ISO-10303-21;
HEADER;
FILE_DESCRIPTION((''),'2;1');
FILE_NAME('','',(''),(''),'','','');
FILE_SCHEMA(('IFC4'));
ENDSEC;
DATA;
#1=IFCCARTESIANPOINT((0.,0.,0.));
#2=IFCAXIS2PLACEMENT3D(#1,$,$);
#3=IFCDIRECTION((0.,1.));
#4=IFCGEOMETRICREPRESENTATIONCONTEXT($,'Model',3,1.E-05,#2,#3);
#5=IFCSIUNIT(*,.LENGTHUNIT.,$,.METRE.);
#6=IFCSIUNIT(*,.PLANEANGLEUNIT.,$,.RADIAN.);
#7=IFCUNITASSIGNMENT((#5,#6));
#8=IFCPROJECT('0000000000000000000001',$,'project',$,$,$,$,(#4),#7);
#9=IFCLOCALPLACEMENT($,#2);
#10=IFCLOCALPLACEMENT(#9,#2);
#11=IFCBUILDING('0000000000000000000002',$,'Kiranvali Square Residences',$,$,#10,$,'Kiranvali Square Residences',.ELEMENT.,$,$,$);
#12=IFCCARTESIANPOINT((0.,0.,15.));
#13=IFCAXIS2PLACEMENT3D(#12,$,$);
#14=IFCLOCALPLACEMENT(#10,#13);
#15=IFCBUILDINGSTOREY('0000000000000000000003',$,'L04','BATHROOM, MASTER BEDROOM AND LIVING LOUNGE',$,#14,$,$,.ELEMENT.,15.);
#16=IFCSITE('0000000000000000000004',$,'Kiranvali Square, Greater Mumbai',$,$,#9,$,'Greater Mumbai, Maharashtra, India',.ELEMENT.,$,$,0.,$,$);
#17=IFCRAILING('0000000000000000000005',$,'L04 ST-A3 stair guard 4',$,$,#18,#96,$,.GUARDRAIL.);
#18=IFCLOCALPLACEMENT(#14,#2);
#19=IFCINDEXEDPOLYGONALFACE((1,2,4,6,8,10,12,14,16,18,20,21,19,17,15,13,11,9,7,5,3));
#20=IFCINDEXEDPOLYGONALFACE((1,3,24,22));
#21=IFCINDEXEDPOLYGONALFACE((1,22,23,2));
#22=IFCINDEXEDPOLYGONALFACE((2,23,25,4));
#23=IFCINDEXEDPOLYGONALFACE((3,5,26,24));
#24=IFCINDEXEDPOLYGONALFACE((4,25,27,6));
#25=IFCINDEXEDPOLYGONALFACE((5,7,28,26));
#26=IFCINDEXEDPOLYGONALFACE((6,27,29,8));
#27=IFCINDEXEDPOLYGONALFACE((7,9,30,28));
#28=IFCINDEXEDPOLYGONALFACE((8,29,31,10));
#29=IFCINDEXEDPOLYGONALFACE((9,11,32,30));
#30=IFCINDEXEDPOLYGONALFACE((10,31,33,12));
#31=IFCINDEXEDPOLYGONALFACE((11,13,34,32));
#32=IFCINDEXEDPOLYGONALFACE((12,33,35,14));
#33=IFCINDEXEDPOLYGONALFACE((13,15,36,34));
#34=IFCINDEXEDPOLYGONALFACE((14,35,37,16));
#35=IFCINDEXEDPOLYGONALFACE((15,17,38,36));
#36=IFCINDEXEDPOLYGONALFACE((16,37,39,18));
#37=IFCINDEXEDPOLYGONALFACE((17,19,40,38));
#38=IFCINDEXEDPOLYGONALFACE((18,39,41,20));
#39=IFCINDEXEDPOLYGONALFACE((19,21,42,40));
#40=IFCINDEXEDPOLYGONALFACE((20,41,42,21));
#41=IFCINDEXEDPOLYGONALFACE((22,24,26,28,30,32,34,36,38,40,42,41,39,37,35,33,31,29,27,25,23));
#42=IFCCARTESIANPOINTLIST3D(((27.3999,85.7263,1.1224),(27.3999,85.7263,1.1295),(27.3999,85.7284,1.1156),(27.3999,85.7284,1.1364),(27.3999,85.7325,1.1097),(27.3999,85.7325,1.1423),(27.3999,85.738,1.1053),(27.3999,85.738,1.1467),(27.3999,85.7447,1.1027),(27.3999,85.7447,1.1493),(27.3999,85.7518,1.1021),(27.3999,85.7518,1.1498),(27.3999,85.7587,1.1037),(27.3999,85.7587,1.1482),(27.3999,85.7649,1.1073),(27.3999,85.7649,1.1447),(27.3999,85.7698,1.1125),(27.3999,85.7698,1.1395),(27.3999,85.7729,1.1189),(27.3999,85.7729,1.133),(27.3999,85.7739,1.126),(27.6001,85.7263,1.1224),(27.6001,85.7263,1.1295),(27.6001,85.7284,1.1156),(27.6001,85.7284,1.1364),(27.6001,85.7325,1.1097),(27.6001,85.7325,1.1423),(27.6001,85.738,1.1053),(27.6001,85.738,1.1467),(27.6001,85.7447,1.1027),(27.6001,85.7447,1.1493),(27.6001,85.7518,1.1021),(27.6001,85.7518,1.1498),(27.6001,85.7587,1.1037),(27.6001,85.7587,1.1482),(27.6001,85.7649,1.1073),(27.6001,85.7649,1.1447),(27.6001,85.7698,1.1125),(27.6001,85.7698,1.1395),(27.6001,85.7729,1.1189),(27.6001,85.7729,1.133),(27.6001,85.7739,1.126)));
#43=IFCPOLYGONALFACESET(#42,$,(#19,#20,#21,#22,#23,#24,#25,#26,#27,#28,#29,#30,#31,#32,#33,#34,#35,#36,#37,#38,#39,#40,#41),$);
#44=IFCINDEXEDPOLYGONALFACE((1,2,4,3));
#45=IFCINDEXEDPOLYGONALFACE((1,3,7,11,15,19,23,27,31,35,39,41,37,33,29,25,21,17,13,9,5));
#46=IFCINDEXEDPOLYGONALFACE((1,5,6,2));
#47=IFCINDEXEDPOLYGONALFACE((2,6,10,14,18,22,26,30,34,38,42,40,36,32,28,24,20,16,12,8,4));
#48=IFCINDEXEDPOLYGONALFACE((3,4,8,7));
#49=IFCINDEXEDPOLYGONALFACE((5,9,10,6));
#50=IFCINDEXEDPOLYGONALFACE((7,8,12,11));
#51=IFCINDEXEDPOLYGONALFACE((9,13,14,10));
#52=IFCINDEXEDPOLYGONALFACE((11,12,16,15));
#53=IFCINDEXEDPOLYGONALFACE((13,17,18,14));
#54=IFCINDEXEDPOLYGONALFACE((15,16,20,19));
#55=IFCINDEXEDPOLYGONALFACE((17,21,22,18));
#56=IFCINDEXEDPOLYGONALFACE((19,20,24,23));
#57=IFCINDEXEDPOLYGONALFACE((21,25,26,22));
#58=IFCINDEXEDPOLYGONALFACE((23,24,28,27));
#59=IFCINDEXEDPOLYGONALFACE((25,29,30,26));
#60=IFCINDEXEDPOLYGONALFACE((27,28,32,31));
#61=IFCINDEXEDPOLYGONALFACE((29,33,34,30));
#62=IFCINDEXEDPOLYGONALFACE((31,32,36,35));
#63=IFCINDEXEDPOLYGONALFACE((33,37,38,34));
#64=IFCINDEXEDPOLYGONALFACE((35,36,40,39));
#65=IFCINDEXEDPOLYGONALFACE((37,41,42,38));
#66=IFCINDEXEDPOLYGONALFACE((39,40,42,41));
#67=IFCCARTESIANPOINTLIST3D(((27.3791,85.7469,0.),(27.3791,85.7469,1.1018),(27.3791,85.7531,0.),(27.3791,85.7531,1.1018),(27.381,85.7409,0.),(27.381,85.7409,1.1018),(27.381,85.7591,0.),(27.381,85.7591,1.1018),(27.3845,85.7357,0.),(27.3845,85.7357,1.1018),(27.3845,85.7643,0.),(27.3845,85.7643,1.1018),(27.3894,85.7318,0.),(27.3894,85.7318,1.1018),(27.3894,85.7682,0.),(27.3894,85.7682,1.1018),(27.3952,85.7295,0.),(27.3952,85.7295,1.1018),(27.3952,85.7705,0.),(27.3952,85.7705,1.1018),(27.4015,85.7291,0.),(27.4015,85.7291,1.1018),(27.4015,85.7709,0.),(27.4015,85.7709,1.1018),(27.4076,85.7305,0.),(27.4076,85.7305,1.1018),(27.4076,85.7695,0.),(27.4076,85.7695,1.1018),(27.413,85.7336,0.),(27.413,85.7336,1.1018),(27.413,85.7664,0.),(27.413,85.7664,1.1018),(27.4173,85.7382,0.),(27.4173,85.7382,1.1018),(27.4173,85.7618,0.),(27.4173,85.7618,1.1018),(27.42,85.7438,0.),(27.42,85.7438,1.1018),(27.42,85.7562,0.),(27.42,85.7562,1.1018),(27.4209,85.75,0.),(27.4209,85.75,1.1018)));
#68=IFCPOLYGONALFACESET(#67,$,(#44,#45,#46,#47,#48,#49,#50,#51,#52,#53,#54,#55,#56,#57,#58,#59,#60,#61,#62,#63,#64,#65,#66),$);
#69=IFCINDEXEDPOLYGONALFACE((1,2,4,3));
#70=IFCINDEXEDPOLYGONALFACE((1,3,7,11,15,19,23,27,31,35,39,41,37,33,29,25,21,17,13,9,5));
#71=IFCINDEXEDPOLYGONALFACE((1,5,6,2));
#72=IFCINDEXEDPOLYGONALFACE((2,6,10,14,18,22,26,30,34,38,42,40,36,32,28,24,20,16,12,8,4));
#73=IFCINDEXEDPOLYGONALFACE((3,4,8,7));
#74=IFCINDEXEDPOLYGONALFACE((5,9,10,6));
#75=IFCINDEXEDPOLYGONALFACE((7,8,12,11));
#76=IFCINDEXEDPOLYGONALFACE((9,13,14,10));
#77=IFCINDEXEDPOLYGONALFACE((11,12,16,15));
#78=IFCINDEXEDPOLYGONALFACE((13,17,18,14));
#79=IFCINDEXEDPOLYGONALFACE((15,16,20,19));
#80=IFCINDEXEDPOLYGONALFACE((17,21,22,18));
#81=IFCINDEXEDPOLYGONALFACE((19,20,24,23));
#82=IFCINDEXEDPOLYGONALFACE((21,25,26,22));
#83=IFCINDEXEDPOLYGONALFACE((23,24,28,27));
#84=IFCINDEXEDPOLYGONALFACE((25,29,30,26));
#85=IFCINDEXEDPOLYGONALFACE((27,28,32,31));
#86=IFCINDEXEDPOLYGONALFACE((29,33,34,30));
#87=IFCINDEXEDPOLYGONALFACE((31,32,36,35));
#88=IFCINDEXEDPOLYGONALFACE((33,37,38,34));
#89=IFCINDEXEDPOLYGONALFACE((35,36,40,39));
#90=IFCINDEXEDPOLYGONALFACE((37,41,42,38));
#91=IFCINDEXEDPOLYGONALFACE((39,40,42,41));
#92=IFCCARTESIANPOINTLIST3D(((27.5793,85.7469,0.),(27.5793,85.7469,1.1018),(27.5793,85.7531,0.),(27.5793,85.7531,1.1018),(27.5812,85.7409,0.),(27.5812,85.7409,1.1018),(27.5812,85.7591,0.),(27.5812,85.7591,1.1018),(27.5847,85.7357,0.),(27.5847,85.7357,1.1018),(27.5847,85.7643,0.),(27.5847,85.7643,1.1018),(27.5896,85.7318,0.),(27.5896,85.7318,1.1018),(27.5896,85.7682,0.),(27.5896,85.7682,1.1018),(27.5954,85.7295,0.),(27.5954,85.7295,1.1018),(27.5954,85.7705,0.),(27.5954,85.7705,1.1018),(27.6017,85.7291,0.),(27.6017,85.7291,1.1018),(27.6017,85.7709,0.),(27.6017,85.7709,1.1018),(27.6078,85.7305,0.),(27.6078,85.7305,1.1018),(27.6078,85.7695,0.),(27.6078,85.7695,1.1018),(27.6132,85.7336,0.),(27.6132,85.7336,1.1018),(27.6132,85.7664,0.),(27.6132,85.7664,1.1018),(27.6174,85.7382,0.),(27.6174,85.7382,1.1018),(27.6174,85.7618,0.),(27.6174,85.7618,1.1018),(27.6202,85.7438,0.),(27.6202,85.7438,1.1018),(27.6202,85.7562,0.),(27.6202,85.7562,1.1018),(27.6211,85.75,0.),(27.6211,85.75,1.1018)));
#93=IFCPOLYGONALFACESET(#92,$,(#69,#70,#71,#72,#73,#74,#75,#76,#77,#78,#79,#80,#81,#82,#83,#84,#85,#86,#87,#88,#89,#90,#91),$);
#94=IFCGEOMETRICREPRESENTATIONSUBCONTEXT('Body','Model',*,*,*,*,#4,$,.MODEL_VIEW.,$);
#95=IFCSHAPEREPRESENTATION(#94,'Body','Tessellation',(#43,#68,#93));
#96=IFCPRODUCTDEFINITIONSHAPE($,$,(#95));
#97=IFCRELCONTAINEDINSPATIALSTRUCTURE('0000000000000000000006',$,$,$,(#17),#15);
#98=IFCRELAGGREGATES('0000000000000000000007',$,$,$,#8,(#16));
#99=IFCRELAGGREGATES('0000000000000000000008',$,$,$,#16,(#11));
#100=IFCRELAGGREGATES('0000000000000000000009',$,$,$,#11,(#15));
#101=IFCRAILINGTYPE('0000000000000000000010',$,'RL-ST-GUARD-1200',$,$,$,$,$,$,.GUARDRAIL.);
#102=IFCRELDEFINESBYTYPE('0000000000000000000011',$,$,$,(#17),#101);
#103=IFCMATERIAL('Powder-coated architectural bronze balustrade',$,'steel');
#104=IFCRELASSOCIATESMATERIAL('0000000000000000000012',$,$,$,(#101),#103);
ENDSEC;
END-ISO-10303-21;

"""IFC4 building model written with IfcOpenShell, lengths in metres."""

from ifc_helpers import new_model, si_unit, direction, frame, origin, origin_2d, place, context, subcontext, project, spatial, circle, extrude, material, type_object, element, save


model = new_model("IFC4")

# Units and contexts
model_context = context("Model", 3, precision=1e-05, world=origin(), true_north=direction((0.0, 1.0)))
body_context = subcontext(model_context, "Body", "Model", "MODEL_VIEW")
ifc_project = project(units=[si_unit("LENGTHUNIT", "METRE"), si_unit("PLANEANGLEUNIT", "RADIAN")], contexts=[model_context])

# Site, building, storey
site_placement = place(None, origin())
site = spatial("IfcSite", under=ifc_project, at=site_placement, Name="Kiranvali Square, Greater Mumbai", LongName="Greater Mumbai, Maharashtra, India", CompositionType="ELEMENT", RefElevation=0.0)
building_placement = place(site_placement, origin())
building = spatial("IfcBuilding", under=site, at=building_placement, Name="Kiranvali Square Residences", LongName="Kiranvali Square Residences", CompositionType="ELEMENT")
storey_placement = place(building_placement, frame((0.0, 0.0, 15.0)))
storey = spatial("IfcBuildingStorey", under=building, at=storey_placement, Name="L04", Description="BATHROOM, MASTER BEDROOM AND LIVING LOUNGE", CompositionType="ELEMENT", Elevation=15.0)

# Railing
ifc_material_1 = material(Name="Powder-coated architectural bronze balustrade", Category="steel")
railing_type_1 = type_object("IfcRailingType", Name="RL-ST-GUARD-1200", PredefinedType="GUARDRAIL", material=ifc_material_1)
railing_1_placement = place(storey_placement, frame((27.3999, 85.75, 0.0)))
element("IfcRailing", 1, at=railing_1_placement, inside=storey, type_object=railing_type_1, Name="L04 ST-A3 stair guard 4", PredefinedType="GUARDRAIL", context=body_context, shape_type="SweptSolid", body=[
    extrude(circle(Radius=0.0239, at=origin_2d()), frame((0.0, 0.0, 1.126), z_axis=(1.0, 0.0, 0.0), x_axis=(0.0, 1.0, 0.0)), (0.0, 0.0, 1.0), 0.2002),
    extrude(circle(Radius=0.021, at=origin_2d()), origin(), (0.0, 0.0, 1.0), 1.1018),
    extrude(circle(Radius=0.021, at=origin_2d()), frame((0.2002, 0.0, 0.0)), (0.0, 0.0, 1.0), 1.1018),
])

save(model, "model.ifc")
